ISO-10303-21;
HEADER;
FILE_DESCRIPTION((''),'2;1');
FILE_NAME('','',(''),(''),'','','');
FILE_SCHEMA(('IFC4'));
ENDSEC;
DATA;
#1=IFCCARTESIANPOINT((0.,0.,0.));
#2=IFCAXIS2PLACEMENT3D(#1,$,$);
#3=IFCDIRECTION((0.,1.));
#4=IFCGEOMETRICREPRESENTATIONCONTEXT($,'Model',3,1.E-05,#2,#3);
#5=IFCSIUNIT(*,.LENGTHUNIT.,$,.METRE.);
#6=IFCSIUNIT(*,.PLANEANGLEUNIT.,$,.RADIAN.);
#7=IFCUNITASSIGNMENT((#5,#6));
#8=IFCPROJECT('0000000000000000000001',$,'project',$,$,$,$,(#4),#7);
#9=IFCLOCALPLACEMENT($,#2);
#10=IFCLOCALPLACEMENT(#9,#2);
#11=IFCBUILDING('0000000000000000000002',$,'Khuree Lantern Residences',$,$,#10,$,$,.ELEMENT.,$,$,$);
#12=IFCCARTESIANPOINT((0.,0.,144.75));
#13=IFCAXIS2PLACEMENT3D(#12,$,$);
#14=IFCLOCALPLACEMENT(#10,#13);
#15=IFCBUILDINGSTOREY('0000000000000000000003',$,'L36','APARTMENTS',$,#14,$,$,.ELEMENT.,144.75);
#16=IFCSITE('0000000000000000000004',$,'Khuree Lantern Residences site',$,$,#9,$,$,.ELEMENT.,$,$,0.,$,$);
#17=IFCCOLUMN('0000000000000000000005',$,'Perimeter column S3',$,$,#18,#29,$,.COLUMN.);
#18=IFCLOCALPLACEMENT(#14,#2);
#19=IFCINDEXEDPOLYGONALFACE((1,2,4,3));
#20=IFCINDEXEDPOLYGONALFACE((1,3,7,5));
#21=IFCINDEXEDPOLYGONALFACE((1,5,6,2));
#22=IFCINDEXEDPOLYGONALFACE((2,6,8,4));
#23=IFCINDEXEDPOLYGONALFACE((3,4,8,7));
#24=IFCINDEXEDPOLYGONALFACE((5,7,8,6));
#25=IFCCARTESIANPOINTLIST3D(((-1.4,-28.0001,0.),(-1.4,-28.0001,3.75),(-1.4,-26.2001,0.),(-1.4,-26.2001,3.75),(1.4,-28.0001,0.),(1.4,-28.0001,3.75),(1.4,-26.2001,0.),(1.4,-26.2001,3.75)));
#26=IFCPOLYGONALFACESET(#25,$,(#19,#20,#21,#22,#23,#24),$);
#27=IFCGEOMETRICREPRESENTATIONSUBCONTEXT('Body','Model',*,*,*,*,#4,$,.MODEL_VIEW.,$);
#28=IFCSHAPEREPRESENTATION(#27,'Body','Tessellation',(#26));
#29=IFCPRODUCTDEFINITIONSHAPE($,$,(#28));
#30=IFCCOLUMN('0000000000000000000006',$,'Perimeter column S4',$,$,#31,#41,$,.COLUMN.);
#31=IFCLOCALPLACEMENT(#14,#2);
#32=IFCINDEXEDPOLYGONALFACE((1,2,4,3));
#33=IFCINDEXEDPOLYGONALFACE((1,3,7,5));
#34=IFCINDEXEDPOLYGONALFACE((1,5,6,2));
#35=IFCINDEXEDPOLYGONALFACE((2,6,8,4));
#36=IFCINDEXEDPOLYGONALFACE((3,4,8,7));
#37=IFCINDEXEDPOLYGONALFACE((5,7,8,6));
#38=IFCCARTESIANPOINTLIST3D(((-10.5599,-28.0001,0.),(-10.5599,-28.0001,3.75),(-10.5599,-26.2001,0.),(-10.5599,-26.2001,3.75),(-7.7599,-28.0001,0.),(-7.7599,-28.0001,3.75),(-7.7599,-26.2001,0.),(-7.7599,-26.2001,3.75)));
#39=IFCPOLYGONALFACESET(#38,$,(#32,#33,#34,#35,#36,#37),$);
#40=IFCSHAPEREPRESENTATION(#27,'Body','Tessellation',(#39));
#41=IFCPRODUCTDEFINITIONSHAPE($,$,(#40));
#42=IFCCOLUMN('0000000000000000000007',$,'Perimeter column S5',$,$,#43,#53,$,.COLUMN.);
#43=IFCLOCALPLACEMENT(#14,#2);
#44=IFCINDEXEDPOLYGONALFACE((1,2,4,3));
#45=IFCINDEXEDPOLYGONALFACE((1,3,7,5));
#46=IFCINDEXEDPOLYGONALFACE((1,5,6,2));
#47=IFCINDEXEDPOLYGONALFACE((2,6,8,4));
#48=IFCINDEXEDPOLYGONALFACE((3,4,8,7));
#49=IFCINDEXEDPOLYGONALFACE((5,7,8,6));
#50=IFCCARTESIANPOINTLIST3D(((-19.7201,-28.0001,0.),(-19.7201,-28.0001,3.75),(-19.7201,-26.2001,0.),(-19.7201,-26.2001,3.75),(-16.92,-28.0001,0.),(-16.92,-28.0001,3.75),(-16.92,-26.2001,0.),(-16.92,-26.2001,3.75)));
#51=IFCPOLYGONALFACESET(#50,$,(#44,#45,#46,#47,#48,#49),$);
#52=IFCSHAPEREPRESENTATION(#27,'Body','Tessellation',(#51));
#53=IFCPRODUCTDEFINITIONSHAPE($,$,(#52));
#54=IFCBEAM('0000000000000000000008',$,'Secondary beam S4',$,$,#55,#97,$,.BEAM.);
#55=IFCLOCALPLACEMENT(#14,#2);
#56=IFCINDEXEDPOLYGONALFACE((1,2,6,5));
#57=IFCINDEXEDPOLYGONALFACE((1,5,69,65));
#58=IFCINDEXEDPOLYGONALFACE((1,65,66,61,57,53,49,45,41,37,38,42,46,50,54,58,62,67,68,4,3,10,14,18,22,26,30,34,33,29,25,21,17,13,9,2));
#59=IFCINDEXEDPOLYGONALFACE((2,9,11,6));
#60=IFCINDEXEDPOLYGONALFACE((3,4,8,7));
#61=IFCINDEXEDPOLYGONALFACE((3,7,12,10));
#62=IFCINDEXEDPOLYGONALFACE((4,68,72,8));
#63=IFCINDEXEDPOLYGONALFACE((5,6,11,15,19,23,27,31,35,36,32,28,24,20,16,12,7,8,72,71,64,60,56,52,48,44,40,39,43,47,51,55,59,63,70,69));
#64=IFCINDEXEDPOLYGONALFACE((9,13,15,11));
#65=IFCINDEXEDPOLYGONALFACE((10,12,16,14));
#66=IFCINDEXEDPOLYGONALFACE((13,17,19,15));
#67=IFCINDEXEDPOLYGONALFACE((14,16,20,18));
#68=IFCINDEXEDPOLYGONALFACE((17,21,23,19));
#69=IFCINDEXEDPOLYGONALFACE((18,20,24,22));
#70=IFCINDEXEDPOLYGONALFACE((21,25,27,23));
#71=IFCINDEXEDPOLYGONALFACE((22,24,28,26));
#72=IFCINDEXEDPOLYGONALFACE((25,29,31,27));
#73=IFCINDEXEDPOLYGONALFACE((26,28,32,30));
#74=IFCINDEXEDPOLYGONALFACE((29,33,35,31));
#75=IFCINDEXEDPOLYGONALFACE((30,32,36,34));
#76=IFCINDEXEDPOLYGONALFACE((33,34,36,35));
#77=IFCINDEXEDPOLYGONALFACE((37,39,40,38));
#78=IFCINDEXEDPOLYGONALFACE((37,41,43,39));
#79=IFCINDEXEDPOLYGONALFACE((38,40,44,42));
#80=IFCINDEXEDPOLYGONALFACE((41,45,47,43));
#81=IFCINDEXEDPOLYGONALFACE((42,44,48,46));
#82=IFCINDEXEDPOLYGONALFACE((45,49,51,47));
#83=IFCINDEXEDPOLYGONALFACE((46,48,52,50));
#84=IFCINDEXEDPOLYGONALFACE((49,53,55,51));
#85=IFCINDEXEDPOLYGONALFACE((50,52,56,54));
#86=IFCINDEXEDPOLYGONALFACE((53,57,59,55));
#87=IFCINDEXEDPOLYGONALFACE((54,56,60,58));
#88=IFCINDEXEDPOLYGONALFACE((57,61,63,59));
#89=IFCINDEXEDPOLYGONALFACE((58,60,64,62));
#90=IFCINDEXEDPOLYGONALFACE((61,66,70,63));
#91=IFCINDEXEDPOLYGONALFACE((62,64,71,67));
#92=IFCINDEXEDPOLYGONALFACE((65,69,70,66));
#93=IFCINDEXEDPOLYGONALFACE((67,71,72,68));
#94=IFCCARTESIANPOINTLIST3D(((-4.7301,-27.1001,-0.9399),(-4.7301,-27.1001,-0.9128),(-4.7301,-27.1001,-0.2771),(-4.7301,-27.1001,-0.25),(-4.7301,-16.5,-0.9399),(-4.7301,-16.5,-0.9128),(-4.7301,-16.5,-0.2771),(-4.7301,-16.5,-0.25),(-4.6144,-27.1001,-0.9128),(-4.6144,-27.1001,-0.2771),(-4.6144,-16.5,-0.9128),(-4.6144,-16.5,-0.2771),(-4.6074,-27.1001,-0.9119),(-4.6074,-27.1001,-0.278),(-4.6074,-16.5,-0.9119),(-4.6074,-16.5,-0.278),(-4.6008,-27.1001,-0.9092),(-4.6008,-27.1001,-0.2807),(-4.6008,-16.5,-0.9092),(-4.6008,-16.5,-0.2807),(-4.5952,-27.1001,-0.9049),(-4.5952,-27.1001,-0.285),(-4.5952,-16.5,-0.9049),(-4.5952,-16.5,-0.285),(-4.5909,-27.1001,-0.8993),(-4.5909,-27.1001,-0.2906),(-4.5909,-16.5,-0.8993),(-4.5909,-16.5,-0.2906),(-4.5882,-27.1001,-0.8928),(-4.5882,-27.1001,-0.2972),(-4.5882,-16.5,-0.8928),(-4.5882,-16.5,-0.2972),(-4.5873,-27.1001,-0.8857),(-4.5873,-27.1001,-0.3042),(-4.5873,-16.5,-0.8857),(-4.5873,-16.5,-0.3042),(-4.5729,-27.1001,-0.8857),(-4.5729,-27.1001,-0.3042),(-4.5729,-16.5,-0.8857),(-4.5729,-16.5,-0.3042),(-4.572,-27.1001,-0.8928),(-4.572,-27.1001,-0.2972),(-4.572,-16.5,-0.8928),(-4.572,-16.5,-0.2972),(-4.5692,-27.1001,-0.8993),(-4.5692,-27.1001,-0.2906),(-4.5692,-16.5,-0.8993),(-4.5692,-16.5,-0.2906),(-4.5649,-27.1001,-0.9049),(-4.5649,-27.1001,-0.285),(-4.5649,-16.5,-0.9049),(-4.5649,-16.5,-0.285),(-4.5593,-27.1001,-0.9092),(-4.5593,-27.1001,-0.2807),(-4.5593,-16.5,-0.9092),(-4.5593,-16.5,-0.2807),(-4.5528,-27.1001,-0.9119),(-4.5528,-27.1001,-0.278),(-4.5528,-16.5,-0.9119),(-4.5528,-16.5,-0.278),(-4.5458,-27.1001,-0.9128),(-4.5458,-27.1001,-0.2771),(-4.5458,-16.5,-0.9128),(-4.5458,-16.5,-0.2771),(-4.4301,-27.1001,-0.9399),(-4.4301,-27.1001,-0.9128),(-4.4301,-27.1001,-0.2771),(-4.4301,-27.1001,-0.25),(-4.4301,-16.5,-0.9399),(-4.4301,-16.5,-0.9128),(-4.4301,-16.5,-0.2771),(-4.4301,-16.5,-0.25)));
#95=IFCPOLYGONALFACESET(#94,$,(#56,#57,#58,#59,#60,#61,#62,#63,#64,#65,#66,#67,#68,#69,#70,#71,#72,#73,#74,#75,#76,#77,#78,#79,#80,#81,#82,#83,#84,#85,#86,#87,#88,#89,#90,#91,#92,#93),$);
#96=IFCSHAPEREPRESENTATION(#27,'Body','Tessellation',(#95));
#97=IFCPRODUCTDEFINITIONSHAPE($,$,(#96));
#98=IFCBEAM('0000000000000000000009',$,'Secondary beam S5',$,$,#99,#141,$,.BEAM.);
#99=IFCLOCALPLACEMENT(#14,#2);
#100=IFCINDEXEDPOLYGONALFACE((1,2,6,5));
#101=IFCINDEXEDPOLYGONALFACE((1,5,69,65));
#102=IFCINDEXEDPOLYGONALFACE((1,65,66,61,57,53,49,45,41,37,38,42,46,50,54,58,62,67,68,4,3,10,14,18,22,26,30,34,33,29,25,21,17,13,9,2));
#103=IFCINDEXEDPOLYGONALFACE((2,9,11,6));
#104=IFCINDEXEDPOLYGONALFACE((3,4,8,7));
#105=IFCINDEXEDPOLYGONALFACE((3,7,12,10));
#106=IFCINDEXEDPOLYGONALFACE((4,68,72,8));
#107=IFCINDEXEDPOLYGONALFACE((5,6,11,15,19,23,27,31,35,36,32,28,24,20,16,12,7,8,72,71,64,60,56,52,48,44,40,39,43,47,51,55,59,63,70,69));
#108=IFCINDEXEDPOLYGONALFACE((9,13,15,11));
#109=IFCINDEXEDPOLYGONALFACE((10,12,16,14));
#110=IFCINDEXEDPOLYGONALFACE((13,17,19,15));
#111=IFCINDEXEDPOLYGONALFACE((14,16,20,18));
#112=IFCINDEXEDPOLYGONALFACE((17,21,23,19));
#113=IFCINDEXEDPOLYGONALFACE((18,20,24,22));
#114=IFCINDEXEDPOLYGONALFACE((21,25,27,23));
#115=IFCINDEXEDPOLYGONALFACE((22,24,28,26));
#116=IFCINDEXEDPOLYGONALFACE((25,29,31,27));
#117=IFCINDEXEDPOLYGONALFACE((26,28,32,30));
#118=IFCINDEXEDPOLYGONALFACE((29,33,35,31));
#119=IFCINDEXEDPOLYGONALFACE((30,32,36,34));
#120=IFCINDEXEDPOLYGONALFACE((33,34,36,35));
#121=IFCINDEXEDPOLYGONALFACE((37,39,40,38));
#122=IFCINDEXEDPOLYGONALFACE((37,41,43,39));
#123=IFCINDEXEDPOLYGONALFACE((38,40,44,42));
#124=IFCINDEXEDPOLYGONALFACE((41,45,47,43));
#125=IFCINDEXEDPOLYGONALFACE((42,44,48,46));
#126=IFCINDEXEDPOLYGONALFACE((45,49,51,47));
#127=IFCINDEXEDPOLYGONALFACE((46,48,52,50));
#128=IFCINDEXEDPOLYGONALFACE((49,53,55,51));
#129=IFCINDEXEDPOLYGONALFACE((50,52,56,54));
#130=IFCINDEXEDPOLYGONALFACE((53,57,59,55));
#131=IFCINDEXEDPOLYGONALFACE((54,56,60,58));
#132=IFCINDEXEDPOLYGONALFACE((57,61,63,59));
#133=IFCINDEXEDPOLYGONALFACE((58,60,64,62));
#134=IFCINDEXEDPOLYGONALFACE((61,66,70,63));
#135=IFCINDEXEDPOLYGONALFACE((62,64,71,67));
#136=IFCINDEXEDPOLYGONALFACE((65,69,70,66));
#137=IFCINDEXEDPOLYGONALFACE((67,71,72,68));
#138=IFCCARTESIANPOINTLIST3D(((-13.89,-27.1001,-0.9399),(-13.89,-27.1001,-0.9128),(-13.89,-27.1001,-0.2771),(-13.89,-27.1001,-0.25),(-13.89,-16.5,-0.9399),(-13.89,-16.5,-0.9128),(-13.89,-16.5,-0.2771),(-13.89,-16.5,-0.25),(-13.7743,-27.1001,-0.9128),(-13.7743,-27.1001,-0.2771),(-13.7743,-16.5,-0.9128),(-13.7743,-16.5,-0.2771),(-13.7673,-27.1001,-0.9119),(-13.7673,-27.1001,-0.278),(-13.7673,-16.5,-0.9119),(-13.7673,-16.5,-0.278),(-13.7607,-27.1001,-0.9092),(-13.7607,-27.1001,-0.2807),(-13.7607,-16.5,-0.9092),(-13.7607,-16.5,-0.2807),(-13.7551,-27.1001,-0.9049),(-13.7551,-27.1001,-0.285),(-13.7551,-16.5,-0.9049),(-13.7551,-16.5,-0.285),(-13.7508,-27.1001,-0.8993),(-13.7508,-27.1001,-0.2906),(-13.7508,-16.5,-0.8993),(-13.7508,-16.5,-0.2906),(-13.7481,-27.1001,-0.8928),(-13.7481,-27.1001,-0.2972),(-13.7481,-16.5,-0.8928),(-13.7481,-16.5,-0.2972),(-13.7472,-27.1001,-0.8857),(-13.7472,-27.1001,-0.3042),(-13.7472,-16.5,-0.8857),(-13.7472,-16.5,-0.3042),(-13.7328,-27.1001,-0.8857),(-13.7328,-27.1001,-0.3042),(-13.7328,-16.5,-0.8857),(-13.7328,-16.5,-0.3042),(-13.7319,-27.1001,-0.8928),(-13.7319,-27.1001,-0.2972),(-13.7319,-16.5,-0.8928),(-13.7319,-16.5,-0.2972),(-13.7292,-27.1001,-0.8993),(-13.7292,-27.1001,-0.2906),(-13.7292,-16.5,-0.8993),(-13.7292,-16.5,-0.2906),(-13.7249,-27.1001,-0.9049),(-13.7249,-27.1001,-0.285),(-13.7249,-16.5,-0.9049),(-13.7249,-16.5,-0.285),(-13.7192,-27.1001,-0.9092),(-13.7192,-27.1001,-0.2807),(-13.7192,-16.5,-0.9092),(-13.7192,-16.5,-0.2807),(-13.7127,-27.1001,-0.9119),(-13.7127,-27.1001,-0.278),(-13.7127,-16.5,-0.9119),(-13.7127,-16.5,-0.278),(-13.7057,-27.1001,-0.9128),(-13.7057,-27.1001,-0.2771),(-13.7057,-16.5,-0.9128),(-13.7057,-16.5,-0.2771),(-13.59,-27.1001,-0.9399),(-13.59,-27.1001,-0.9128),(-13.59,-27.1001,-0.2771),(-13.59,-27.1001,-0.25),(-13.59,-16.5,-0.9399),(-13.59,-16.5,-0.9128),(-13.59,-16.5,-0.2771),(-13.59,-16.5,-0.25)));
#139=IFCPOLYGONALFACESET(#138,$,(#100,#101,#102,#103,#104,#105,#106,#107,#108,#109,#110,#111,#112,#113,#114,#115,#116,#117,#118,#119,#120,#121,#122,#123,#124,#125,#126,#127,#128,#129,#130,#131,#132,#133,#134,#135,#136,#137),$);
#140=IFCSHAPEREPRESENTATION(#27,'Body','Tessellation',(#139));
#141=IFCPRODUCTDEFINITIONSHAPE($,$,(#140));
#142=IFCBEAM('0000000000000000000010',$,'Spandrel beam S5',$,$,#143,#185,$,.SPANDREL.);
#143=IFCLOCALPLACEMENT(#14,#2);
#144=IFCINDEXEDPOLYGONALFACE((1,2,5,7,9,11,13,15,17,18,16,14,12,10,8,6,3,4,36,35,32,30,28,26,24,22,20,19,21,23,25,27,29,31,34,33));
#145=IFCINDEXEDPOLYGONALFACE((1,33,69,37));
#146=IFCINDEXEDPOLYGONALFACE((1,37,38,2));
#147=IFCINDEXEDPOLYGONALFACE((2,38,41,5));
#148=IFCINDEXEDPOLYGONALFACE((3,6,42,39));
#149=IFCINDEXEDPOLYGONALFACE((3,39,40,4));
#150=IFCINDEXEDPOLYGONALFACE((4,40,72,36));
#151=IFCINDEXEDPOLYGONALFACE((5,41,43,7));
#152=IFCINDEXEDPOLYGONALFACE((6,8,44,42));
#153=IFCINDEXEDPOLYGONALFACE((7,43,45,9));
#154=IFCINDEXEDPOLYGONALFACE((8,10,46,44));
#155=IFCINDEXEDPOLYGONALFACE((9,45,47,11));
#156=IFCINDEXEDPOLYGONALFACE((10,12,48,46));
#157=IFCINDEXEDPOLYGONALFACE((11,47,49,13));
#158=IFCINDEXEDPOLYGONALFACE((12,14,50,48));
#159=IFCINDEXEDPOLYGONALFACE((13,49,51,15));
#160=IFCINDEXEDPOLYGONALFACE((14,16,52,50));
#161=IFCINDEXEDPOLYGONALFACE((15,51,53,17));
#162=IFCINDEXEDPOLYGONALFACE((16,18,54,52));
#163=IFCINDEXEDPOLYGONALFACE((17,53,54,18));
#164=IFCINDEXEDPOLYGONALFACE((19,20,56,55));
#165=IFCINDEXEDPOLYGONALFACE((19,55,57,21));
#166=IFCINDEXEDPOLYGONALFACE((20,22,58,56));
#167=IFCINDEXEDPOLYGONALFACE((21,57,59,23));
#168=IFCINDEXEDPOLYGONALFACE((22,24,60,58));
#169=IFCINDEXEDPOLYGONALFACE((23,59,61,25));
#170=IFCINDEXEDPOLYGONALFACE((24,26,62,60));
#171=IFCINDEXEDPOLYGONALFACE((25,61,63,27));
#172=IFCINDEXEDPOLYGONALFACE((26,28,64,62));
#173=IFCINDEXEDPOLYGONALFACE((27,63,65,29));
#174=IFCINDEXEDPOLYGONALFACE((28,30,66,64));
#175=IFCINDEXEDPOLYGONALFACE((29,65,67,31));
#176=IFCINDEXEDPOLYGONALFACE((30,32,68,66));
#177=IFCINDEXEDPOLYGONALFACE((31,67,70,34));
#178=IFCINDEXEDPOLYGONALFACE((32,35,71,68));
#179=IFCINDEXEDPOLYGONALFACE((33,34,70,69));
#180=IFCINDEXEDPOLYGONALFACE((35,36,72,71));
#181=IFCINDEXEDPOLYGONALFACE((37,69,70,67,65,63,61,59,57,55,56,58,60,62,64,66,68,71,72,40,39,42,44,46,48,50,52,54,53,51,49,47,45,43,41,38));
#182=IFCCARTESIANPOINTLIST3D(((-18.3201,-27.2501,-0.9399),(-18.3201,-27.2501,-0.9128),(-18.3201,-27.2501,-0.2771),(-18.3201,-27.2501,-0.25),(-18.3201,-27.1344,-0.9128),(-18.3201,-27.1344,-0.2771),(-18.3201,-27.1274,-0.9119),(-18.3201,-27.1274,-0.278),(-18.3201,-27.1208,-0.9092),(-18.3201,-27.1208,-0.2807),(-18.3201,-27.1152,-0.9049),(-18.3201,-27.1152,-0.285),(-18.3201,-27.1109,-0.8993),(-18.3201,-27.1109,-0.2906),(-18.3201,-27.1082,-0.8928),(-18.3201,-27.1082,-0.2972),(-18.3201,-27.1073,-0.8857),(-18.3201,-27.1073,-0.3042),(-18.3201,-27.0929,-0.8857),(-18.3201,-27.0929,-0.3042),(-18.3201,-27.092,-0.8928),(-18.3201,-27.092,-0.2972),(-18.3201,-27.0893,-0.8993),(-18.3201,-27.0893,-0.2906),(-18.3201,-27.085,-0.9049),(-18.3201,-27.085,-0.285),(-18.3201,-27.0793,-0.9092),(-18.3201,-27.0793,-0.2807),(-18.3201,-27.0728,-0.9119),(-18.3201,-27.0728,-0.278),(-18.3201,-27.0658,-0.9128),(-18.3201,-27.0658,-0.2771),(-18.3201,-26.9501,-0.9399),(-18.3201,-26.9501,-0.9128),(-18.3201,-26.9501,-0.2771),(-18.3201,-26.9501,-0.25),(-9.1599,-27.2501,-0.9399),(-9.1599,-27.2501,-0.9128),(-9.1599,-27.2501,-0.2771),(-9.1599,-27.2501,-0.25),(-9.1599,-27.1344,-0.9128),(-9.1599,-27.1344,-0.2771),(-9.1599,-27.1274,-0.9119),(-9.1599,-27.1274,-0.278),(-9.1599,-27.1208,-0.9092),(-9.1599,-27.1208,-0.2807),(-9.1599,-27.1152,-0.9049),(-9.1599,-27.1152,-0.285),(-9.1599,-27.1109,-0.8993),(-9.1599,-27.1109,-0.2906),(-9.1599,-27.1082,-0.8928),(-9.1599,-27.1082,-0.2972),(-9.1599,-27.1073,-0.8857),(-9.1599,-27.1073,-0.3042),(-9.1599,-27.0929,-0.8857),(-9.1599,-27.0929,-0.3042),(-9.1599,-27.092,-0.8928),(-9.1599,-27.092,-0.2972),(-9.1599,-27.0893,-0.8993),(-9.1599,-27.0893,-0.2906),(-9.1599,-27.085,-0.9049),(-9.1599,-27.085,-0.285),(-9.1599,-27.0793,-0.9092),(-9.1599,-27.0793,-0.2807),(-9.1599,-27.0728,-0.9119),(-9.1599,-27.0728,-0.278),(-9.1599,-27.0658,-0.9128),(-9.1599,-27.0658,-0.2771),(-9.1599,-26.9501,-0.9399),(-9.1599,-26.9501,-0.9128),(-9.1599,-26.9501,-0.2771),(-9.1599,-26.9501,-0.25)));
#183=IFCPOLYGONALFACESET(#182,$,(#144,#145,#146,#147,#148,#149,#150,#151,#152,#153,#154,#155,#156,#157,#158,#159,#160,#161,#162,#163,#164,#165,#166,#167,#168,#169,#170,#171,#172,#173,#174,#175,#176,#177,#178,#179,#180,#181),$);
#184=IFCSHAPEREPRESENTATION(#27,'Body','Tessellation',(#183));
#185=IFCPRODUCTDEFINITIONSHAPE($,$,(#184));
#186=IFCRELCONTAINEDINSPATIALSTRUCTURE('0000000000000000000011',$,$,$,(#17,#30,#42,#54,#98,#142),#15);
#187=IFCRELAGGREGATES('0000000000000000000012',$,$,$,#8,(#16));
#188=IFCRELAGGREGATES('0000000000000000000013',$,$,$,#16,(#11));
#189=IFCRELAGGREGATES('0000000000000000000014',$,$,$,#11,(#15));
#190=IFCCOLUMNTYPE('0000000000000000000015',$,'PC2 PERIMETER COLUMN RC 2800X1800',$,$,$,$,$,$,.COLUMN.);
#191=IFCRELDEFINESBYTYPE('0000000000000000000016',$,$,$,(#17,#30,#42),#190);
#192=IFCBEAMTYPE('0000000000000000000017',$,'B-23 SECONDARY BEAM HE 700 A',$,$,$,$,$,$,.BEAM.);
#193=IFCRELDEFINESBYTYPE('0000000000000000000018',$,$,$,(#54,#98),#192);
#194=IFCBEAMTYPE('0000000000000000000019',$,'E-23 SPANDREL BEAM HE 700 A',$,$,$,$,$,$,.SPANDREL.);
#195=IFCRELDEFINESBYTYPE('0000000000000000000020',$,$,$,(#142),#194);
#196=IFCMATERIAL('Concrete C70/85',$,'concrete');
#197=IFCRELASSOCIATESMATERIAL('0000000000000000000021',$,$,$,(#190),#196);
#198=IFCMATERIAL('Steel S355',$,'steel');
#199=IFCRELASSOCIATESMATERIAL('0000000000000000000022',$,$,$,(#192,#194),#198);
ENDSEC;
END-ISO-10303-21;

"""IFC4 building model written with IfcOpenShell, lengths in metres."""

from ifc_helpers import new_model, si_unit, direction, frame, origin, origin_2d, place, context, subcontext, project, spatial, rectangle, i_section, extrude, material, material_profile, profile_set, type_object, element, save


model = new_model("IFC4")

# Units and contexts
model_context = context("Model", 3, precision=1e-05, world=origin(), true_north=direction((0.0, 1.0)))
body_context = subcontext(model_context, "Body", "Model", "MODEL_VIEW")
ifc_project = project(units=[si_unit("LENGTHUNIT", "METRE"), si_unit("PLANEANGLEUNIT", "RADIAN")], contexts=[model_context])

# Site, building, storey
site_placement = place(None, origin())
site = spatial("IfcSite", under=ifc_project, at=site_placement, Name="Khuree Lantern Residences site", CompositionType="ELEMENT", RefElevation=0.0)
building_placement = place(site_placement, origin())
building = spatial("IfcBuilding", under=site, at=building_placement, Name="Khuree Lantern Residences", CompositionType="ELEMENT")
storey_placement = place(building_placement, frame((0.0, 0.0, 144.75)))
storey = spatial("IfcBuildingStorey", under=building, at=storey_placement, Name="L36", Description="APARTMENTS", CompositionType="ELEMENT", Elevation=144.75)

# Columns
ifc_material_1 = material(Name="Concrete C70/85", Category="concrete")
ifc_material_profile_1 = material_profile(ifc_material_1, rectangle(XDim=2.8, YDim=1.8, at=origin_2d()), Name="RC 2800X1800")
ifc_profile_set_1 = profile_set([ifc_material_profile_1], Name="Concrete C70/85")
column_type = type_object("IfcColumnType", Name="PC2 PERIMETER COLUMN RC 2800X1800", PredefinedType="COLUMN", material=ifc_profile_set_1)
for number, where, z_axis, x_axis, name in (
    (1, (0.0, -27.1001, 0.0), (0.0, 0.0, 1.0), (1.0, 0.0, 0.0), "Perimeter column S3"),
    (2, (-9.1599, -27.1001, 0.0), (0.0, 0.0, 1.0), (1.0, 0.0, 0.0), "Perimeter column S4"),
    (3, (-18.3201, -27.1001, 0.0), (0.0, 0.0, 1.0), (1.0, 0.0, 0.0), "Perimeter column S5"),
):
    element("IfcColumn", number, at=place(storey_placement, frame(where, z_axis=z_axis, x_axis=x_axis)), inside=storey, type_object=column_type, Name=name, PredefinedType="COLUMN", context=body_context, shape_type="SweptSolid", body=[
        extrude(rectangle(XDim=2.8, YDim=1.8, at=origin_2d()), origin(), (0.0, 0.0, 1.0), 3.75),
    ])

# Beams
ifc_material_2 = material(Name="Steel S355", Category="steel")
ifc_material_profile_2 = material_profile(ifc_material_2, i_section(OverallWidth=0.3, OverallDepth=0.6899, WebThickness=0.0144, FlangeThickness=0.0271, FilletRadius=0.0271, at=origin_2d()), Name="HE 700 A")
ifc_profile_set_2 = profile_set([ifc_material_profile_2], Name="Steel S355")
beam_type_1 = type_object("IfcBeamType", Name="B-23 SECONDARY BEAM HE 700 A", PredefinedType="BEAM", material=ifc_profile_set_2)
for number, where, z_axis, x_axis, name in (
    (4, (-4.5801, -27.1001, -0.595), (0.0, 1.0, 0.0), (-1.0, 0.0, 0.0), "Secondary beam S4"),
    (5, (-13.74, -27.1001, -0.595), (0.0, 1.0, 0.0), (-1.0, 0.0, 0.0), "Secondary beam S5"),
):
    element("IfcBeam", number, at=place(storey_placement, frame(where, z_axis=z_axis, x_axis=x_axis)), inside=storey, type_object=beam_type_1, Name=name, PredefinedType="BEAM", context=body_context, shape_type="SweptSolid", body=[
        extrude(i_section(OverallWidth=0.3, OverallDepth=0.6899, WebThickness=0.0144, FlangeThickness=0.0271, FilletRadius=0.0271, at=origin_2d()), origin(), (0.0, 0.0, 1.0), 10.6001),
    ])
ifc_material_profile_3 = material_profile(ifc_material_2, i_section(OverallWidth=0.3, OverallDepth=0.6899, WebThickness=0.0144, FlangeThickness=0.0271, FilletRadius=0.0271, at=origin_2d()), Name="HE 700 A")
ifc_profile_set_3 = profile_set([ifc_material_profile_3], Name="Steel S355")
beam_type_2 = type_object("IfcBeamType", Name="E-23 SPANDREL BEAM HE 700 A", PredefinedType="SPANDREL", material=ifc_profile_set_3)
beam_1_placement = place(storey_placement, frame((-9.1599, -27.1001, -0.595), z_axis=(-1.0, 0.0, 0.0), x_axis=(0.0, -1.0, 0.0)))
element("IfcBeam", 6, at=beam_1_placement, inside=storey, type_object=beam_type_2, Name="Spandrel beam S5", PredefinedType="SPANDREL", context=body_context, shape_type="SweptSolid", body=[
    extrude(i_section(OverallWidth=0.3, OverallDepth=0.6899, WebThickness=0.0144, FlangeThickness=0.0271, FilletRadius=0.0271, at=origin_2d()), origin(), (0.0, 0.0, 1.0), 9.1602),
])

save(model, "model.ifc")
